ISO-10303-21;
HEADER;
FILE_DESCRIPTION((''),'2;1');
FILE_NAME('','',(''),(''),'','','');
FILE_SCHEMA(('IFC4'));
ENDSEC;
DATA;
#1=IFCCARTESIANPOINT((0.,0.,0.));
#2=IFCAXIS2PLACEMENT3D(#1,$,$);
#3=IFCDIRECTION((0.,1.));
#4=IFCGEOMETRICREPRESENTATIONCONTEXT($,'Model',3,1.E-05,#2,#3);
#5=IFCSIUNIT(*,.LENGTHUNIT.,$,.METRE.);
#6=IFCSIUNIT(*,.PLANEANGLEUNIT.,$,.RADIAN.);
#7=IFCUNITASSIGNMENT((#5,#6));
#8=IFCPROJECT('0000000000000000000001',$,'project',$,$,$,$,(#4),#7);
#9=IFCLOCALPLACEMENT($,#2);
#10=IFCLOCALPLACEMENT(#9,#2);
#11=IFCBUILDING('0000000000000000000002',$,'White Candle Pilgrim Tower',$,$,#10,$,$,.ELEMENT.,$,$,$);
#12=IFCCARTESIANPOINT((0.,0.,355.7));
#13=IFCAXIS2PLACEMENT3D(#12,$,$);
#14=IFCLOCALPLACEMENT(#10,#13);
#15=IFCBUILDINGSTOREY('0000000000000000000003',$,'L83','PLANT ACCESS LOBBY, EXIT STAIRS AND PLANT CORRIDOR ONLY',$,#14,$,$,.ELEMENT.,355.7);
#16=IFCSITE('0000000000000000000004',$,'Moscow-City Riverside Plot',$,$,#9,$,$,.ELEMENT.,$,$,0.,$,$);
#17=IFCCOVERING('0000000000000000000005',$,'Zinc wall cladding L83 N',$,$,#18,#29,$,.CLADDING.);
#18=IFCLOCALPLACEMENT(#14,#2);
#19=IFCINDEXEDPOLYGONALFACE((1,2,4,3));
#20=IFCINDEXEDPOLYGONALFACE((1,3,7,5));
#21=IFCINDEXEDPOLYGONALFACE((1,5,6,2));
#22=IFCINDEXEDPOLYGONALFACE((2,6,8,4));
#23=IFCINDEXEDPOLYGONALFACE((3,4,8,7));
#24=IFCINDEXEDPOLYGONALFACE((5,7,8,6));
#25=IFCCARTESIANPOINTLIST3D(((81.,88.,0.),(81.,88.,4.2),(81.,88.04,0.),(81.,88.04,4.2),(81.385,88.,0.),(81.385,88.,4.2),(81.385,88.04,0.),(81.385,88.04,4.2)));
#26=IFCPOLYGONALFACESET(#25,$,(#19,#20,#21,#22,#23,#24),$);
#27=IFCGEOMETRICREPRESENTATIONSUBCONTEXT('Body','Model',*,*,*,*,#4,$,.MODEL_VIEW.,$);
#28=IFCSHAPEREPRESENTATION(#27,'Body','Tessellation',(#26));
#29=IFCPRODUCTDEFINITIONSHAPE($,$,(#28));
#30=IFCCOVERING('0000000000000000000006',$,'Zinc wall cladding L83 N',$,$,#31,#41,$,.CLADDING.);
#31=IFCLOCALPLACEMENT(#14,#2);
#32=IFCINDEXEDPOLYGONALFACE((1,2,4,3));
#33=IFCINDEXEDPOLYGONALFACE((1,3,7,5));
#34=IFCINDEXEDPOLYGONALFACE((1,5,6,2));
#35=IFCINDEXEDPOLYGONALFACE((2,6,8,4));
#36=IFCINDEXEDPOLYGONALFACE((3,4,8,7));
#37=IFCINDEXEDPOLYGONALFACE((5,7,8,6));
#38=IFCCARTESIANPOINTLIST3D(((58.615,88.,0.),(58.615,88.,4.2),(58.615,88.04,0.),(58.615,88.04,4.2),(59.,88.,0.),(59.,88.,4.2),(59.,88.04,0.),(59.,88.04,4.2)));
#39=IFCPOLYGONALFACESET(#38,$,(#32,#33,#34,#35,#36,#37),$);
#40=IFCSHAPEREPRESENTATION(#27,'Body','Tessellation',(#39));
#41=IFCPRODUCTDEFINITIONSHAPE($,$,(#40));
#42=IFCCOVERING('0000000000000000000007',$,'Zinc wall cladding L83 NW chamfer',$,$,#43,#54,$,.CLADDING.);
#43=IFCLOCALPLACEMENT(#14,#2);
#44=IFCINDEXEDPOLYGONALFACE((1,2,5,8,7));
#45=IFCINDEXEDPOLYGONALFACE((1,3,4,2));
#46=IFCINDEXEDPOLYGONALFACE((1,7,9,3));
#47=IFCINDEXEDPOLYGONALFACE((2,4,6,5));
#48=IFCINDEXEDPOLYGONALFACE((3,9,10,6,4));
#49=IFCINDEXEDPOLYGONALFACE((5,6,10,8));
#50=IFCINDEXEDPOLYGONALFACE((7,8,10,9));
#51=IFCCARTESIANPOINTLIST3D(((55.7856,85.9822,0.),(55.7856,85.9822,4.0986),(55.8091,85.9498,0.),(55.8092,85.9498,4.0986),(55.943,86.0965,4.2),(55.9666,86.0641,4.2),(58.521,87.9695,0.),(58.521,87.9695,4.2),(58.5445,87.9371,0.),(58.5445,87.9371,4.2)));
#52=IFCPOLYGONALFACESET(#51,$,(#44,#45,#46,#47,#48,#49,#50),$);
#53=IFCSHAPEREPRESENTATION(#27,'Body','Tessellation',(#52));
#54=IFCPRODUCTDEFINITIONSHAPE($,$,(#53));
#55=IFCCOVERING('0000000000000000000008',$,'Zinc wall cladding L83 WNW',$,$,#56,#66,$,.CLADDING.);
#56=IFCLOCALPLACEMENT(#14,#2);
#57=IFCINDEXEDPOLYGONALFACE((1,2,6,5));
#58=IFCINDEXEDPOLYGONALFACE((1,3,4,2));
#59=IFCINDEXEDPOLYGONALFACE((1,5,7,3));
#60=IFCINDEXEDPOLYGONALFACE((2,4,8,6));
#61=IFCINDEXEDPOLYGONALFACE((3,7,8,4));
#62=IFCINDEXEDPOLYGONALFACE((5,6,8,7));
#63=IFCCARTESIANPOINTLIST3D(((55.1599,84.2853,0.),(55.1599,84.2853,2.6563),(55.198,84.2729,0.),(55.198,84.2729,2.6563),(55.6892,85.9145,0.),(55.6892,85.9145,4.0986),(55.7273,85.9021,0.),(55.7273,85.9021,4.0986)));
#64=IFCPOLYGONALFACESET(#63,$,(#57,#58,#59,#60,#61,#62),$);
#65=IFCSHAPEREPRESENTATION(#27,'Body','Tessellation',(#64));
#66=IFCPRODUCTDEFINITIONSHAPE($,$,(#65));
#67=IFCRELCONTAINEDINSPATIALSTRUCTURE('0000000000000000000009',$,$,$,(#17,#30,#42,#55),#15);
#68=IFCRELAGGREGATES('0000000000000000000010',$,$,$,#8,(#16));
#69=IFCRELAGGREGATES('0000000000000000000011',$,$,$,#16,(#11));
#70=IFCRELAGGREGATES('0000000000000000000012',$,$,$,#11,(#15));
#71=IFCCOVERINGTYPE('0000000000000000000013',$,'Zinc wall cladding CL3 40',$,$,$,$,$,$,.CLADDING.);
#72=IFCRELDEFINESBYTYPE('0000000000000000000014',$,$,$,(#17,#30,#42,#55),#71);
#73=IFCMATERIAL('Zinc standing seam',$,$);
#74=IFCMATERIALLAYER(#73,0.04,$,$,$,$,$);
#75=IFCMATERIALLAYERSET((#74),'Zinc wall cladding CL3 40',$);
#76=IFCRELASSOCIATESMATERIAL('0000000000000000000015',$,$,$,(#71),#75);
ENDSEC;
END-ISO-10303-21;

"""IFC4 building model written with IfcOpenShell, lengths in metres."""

from ifc_helpers import new_model, si_unit, direction, frame, origin, place, context, subcontext, project, spatial, polyline, outline, extrude, material, layer, layer_set, type_object, element, save


model = new_model("IFC4")

# Units and contexts
model_context = context("Model", 3, precision=1e-05, world=origin(), true_north=direction((0.0, 1.0)))
body_context = subcontext(model_context, "Body", "Model", "MODEL_VIEW")
ifc_project = project(units=[si_unit("LENGTHUNIT", "METRE"), si_unit("PLANEANGLEUNIT", "RADIAN")], contexts=[model_context])

# Site, building, storey
site_placement = place(None, origin())
site = spatial("IfcSite", under=ifc_project, at=site_placement, Name="Moscow-City Riverside Plot", CompositionType="ELEMENT", RefElevation=0.0)
building_placement = place(site_placement, origin())
building = spatial("IfcBuilding", under=site, at=building_placement, Name="White Candle Pilgrim Tower", CompositionType="ELEMENT")
storey_placement = place(building_placement, frame((0.0, 0.0, 355.7)))
storey = spatial("IfcBuildingStorey", under=building, at=storey_placement, Name="L83", Description="PLANT ACCESS LOBBY, EXIT STAIRS AND PLANT CORRIDOR ONLY", CompositionType="ELEMENT", Elevation=355.7)

# Shared definitions
ifc_material_1 = material(Name="Zinc standing seam")

# Coverings
ifc_layer_1 = layer(ifc_material_1, 0.04)
ifc_layer_set_1 = layer_set([ifc_layer_1], Name="Zinc wall cladding CL3 40")
covering_type_1 = type_object("IfcCoveringType", Name="Zinc wall cladding CL3 40", PredefinedType="CLADDING", material=ifc_layer_set_1)
for number, where, z_axis, x_axis, name in (
    (1, (81.385, 88.0, 4.2), (0.0, -1.0, 0.0), (-1.0, 0.0, 0.0), "Zinc wall cladding L83 N"),
    (2, (59.0, 88.0, 4.2), (0.0, -1.0, 0.0), (-1.0, 0.0, 0.0), "Zinc wall cladding L83 N"),
):
    element("IfcCovering", number, at=place(storey_placement, frame(where, z_axis=z_axis, x_axis=x_axis)), inside=storey, type_object=covering_type_1, Name=name, PredefinedType="CLADDING", context=body_context, shape_type="SweptSolid", body=[
        extrude(outline(polyline([(0.0, 0.0), (0.385, 0.0), (0.385, 4.2), (0.0, 4.2), (0.0, 0.0)])), origin(), (0.0, 0.0, -1.0), 0.04),
    ])
covering_1_placement = place(storey_placement, frame((58.521, 87.9695, 4.2), z_axis=(-0.587777, 0.809023, 0.000014), x_axis=(-0.809023, -0.587777, 0.0)))
element("IfcCovering", 3, at=covering_1_placement, inside=storey, type_object=covering_type_1, Name="Zinc wall cladding L83 NW chamfer", PredefinedType="CLADDING", context=body_context, shape_type="SweptSolid", body=[
    extrude(outline(polyline([(0.0, 0.0), (3.1865, 0.0), (3.3811, -0.1013), (3.3811, -4.2), (0.0, -4.2), (0.0, 0.0)])), origin(), (0.0, 0.0, -1.0), 0.04),
])
covering_2_placement = place(storey_placement, frame((55.7273, 85.9021, 4.0986), z_axis=(0.951064, -0.308993, 0.0), x_axis=(-0.23636, -0.727506, -0.644104)))
element("IfcCovering", 4, at=covering_2_placement, inside=storey, type_object=covering_type_1, Name="Zinc wall cladding L83 WNW", PredefinedType="CLADDING", context=body_context, shape_type="SweptSolid", body=[
    extrude(outline(polyline([(0.0, 0.0), (2.2394, 0.0), (3.9503, 2.0319), (2.6399, 3.1352), (0.0, 0.0)])), origin(), (0.0, 0.0, -1.0), 0.04),
])

save(model, "model.ifc")
